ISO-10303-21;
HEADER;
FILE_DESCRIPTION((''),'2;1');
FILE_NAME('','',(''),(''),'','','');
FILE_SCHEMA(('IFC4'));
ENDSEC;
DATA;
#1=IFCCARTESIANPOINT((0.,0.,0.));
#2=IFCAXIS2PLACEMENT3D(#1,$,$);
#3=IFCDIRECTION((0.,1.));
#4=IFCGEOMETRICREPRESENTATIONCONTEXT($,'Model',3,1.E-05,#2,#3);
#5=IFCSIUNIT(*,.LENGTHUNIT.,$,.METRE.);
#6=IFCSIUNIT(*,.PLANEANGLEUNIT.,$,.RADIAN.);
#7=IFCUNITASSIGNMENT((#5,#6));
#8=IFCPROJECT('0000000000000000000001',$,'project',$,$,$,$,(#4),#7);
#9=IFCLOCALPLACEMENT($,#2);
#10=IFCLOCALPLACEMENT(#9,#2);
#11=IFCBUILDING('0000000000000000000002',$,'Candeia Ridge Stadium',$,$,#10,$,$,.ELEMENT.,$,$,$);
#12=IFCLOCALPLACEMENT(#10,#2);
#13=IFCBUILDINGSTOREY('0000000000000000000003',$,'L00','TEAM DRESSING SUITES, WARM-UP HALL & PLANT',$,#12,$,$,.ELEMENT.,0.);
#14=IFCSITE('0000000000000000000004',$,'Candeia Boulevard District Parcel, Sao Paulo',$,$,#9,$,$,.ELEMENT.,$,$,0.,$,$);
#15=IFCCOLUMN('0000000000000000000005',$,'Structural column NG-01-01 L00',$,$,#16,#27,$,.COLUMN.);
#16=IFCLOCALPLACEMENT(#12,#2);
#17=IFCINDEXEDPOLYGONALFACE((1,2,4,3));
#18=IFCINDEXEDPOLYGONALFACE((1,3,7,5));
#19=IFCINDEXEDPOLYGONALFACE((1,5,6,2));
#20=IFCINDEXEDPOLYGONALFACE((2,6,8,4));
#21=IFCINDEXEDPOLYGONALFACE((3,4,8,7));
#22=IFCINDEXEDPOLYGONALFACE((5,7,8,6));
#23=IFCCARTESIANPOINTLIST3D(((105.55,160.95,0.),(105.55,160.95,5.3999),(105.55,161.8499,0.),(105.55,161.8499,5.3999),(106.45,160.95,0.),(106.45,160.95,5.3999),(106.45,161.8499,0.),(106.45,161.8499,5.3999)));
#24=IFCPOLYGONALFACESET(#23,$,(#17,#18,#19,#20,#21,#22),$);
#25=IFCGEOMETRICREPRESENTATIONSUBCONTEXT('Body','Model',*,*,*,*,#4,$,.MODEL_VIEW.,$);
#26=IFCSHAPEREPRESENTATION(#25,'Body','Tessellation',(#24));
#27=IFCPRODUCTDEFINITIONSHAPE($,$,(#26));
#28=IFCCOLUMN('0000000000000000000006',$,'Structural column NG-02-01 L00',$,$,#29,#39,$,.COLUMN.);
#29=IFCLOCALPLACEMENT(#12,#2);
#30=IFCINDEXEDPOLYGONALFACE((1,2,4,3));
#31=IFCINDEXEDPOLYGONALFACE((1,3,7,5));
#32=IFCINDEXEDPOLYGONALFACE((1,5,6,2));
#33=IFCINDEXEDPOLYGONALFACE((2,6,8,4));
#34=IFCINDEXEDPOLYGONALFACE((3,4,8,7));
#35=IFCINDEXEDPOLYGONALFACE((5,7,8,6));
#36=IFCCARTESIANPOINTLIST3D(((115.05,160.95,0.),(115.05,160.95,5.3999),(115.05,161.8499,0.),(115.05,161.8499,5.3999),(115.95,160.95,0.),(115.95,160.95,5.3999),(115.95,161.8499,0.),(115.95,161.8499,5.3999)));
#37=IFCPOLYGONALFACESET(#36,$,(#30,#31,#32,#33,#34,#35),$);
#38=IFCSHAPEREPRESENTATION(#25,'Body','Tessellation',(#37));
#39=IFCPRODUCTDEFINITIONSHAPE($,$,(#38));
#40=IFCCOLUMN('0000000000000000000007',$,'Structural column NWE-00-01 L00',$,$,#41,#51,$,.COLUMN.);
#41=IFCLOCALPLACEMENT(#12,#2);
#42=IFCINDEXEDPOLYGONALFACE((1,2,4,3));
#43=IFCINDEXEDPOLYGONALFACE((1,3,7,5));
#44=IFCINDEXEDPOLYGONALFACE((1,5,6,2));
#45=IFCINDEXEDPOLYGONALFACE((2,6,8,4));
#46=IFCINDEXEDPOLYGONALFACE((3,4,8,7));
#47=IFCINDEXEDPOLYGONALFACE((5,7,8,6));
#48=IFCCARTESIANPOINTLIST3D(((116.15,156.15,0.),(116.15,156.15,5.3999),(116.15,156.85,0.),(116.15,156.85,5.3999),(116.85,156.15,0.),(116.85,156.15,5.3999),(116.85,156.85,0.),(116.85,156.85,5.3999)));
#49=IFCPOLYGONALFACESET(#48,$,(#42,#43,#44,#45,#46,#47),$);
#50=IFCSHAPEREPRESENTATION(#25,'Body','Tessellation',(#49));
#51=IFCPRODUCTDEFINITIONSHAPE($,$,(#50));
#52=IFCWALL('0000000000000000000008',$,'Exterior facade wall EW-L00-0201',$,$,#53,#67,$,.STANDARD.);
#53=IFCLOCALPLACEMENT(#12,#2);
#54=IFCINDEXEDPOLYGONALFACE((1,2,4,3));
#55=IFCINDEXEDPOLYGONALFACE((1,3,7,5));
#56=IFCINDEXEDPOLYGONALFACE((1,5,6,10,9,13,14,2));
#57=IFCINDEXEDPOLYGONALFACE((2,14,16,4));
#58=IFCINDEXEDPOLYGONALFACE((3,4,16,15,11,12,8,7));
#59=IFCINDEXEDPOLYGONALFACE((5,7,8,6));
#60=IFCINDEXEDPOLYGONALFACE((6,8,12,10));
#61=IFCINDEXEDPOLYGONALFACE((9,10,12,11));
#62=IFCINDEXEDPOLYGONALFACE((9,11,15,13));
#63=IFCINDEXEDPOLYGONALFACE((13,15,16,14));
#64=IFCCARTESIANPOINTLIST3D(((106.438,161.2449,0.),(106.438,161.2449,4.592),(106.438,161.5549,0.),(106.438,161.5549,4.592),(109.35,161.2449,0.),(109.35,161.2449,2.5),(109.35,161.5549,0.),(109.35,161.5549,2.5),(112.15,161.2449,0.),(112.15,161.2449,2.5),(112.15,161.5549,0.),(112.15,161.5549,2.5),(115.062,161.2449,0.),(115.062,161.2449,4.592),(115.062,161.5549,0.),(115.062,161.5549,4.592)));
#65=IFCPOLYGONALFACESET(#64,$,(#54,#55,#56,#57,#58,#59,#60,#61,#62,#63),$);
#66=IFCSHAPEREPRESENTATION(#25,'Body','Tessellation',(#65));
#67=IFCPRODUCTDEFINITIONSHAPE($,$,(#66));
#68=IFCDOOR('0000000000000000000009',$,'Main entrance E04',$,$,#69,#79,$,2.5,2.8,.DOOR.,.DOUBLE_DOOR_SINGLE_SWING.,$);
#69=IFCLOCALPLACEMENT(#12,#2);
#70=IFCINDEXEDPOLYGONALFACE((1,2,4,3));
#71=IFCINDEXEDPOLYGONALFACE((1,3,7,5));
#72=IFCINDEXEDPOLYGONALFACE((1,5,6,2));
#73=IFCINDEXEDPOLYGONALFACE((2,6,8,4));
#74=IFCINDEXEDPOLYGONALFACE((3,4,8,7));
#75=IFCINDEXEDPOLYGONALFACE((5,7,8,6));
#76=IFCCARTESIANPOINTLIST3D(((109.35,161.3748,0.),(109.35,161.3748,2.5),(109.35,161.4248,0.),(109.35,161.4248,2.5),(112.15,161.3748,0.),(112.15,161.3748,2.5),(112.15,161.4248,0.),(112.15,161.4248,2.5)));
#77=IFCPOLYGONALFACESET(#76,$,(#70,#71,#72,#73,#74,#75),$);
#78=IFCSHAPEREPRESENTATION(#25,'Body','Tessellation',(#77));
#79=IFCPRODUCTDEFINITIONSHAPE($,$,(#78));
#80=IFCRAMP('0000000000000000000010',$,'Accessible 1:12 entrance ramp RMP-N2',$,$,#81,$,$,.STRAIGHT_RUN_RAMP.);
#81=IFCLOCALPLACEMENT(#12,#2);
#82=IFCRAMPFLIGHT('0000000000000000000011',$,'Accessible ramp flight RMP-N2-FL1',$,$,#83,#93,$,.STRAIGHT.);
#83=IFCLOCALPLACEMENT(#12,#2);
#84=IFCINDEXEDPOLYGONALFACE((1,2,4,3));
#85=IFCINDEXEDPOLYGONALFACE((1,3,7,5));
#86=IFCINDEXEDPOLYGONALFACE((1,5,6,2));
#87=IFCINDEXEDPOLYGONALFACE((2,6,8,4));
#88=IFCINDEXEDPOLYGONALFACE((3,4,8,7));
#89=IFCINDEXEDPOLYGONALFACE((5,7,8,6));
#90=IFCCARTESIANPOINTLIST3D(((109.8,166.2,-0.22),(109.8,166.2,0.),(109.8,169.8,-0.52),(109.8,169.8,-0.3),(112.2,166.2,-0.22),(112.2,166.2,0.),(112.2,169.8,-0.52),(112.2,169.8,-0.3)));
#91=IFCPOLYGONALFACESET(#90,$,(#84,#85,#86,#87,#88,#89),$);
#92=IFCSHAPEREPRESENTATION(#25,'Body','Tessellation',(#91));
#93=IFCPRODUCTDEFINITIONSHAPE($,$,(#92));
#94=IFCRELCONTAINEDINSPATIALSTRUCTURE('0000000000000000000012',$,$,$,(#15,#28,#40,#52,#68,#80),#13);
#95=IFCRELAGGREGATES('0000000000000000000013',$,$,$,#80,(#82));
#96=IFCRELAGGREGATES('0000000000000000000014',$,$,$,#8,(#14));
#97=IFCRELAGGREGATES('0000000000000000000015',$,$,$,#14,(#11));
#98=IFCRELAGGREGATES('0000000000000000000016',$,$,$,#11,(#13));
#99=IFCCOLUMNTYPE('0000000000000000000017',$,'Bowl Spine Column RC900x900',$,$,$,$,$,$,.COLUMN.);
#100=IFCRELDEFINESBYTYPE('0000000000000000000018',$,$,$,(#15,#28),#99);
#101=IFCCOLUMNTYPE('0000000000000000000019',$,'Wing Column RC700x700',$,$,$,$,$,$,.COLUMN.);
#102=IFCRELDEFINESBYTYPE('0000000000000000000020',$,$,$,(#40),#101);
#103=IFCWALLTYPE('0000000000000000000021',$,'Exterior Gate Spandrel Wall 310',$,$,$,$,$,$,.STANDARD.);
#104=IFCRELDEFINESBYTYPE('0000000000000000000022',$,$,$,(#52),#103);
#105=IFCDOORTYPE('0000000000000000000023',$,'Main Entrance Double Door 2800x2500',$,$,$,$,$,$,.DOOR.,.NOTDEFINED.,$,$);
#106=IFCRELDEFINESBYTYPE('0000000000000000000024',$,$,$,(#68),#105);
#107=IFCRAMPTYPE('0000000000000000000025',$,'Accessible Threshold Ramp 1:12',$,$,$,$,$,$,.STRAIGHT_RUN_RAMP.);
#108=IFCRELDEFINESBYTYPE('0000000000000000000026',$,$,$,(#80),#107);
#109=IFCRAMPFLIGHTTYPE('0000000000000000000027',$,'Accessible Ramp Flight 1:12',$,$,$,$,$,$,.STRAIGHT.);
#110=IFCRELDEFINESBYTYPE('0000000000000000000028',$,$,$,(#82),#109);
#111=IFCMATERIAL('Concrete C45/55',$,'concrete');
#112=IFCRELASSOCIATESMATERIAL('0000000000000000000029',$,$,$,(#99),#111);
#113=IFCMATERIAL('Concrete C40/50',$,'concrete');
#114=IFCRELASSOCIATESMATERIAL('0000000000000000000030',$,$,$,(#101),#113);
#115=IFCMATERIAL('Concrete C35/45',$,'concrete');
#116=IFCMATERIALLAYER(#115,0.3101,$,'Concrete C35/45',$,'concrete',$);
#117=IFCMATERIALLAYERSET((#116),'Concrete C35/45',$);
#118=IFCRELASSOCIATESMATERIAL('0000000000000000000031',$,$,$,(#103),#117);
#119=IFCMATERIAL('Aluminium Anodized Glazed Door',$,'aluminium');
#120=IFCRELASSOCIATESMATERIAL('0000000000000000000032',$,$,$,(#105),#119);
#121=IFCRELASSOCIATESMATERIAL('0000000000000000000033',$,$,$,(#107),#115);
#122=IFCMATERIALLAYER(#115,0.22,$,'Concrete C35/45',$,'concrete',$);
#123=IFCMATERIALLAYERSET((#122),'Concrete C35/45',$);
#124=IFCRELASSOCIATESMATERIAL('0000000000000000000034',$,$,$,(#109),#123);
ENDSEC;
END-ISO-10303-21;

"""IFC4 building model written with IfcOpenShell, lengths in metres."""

from ifc_helpers import new_model, si_unit, direction, frame, frame_2d, origin, origin_2d, place, context, subcontext, project, spatial, polyline, rectangle, outline, extrude, material, layer, layer_set, material_profile, profile_set, type_object, element, fill, aggregate, save


model = new_model("IFC4")

# Units and contexts
model_context = context("Model", 3, precision=1e-05, world=origin(), true_north=direction((0.0, 1.0)))
body_context = subcontext(model_context, "Body", "Model", "MODEL_VIEW")
ifc_project = project(units=[si_unit("LENGTHUNIT", "METRE"), si_unit("PLANEANGLEUNIT", "RADIAN")], contexts=[model_context])

# Site, building, storey
site_placement = place(None, origin())
site = spatial("IfcSite", under=ifc_project, at=site_placement, Name="Candeia Boulevard District Parcel, Sao Paulo", CompositionType="ELEMENT", RefElevation=0.0)
building_placement = place(site_placement, origin())
building = spatial("IfcBuilding", under=site, at=building_placement, Name="Candeia Ridge Stadium", CompositionType="ELEMENT")
storey_placement = place(building_placement, origin())
storey = spatial("IfcBuildingStorey", under=building, at=storey_placement, Name="L00", Description="TEAM DRESSING SUITES, WARM-UP HALL & PLANT", CompositionType="ELEMENT", Elevation=0.0)

# Shared definitions
ifc_material_1 = material(Name="Concrete C40/50", Category="concrete")

# Columns
ifc_material_2 = material(Name="Concrete C45/55", Category="concrete")
ifc_material_profile_1 = material_profile(ifc_material_2, rectangle(XDim=0.8999, YDim=0.8999, at=origin_2d()), Name="RC900x900", Category="concrete")
ifc_profile_set_1 = profile_set([ifc_material_profile_1], Name="Concrete C45/55")
column_type_1 = type_object("IfcColumnType", Name="Bowl Spine Column RC900x900", PredefinedType="COLUMN", material=ifc_profile_set_1)
for number, where, z_axis, x_axis, name in (
    (1, (106.0, 161.3999, 0.0), (0.0, 0.0, 1.0), (1.0, 0.0, 0.0), "Structural column NG-01-01 L00"),
    (2, (115.5, 161.3999, 0.0), (0.0, 0.0, 1.0), (1.0, 0.0, 0.0), "Structural column NG-02-01 L00"),
):
    element("IfcColumn", number, at=place(storey_placement, frame(where, z_axis=z_axis, x_axis=x_axis)), inside=storey, type_object=column_type_1, Name=name, PredefinedType="COLUMN", context=body_context, shape_type="SweptSolid", body=[
        extrude(rectangle(XDim=0.8999, YDim=0.8999, at=origin_2d()), origin(), (0.0, 0.0, 1.0), 5.3999),
    ])
ifc_material_profile_2 = material_profile(ifc_material_1, rectangle(XDim=0.7, YDim=0.7, at=origin_2d()), Name="RC700x700", Category="concrete")
ifc_profile_set_2 = profile_set([ifc_material_profile_2], Name="Concrete C40/50")
column_type_2 = type_object("IfcColumnType", Name="Wing Column RC700x700", PredefinedType="COLUMN", material=ifc_profile_set_2)
column_placement = place(storey_placement, frame((116.5, 156.5, 0.0), z_axis=(0.0, 0.0, 1.0), x_axis=(1.0, 0.0, 0.0)))
element("IfcColumn", 3, at=column_placement, inside=storey, type_object=column_type_2, Name="Structural column NWE-00-01 L00", PredefinedType="COLUMN", context=body_context, shape_type="SweptSolid", body=[
    extrude(rectangle(XDim=0.7, YDim=0.7, at=origin_2d()), origin(), (0.0, 0.0, 1.0), 5.3999),
])

# Wall, opening, door
ifc_material_3 = material(Name="Aluminium Anodized Glazed Door", Category="aluminium")
ifc_material_4 = material(Name="Concrete C35/45", Category="concrete")
ifc_layer_1 = layer(ifc_material_4, 0.3101, Name="Concrete C35/45", Category="concrete")
ifc_layer_set_1 = layer_set([ifc_layer_1], Name="Concrete C35/45")
wall_type_1 = type_object("IfcWallType", Name="Exterior Gate Spandrel Wall 310", PredefinedType="STANDARD", material=ifc_layer_set_1)
wall_1_placement = place(storey_placement, frame((106.438, 161.3999, 0.0), z_axis=(0.0, 0.0, 1.0), x_axis=(1.0, 0.0, 0.0)))
wall_1 = element("IfcWall", 4, at=wall_1_placement, inside=storey, type_object=wall_type_1, Name="Exterior facade wall EW-L00-0201", PredefinedType="STANDARD", context=body_context, shape_type="SweptSolid", body=[
    extrude(rectangle(XDim=8.624, YDim=0.3101, at=frame_2d((4.312, 0.0))), origin(), (0.0, 0.0, 1.0), 4.592),
])
opening_1_placement = place(wall_1_placement, frame((2.9121, 0.0, 0.0)))
opening_1 = element("IfcOpeningElement", 5, at=opening_1_placement, cuts=wall_1, PredefinedType="OPENING", context=body_context, shape_type="SweptSolid", body=[
    extrude(rectangle(XDim=2.8, YDim=2.5, at=frame_2d((1.3999, 1.25))), frame((0.0, 0.165, 0.0), z_axis=(0.0, -1.0, 0.0), x_axis=(1.0, 0.0, 0.0)), (0.0, 0.0, 1.0), 0.3301),
])
door_type_1 = type_object("IfcDoorType", Name="Main Entrance Double Door 2800x2500", OperationType="NOTDEFINED", PredefinedType="DOOR", material=ifc_material_3)
door_1_placement = place(opening_1_placement, origin())
door_1 = element("IfcDoor", 6, at=door_1_placement, inside=storey, type_object=door_type_1, Name="Main entrance E04", OperationType="DOUBLE_DOOR_SINGLE_SWING", OverallHeight=2.5, OverallWidth=2.8, PredefinedType="DOOR", context=body_context, shape_type="SweptSolid", body=[
    extrude(rectangle(XDim=2.8, YDim=2.5, at=frame_2d((1.3999, 1.25))), frame((0.0, 0.0249, 0.0), z_axis=(0.0, -1.0, 0.0), x_axis=(1.0, 0.0, 0.0)), (0.0, 0.0, 1.0), 0.05),
])
fill(opening_1, door_1)

# Ramp, ramp flight
ramp_type = type_object("IfcRampType", Name="Accessible Threshold Ramp 1:12", PredefinedType="STRAIGHT_RUN_RAMP", material=ifc_material_4)
ramp_placement = place(storey_placement, origin())
ramp = element("IfcRamp", 7, at=ramp_placement, inside=storey, type_object=ramp_type, Name="Accessible 1:12 entrance ramp RMP-N2", PredefinedType="STRAIGHT_RUN_RAMP")
ifc_layer_2 = layer(ifc_material_4, 0.22, Name="Concrete C35/45", Category="concrete")
ifc_layer_set_2 = layer_set([ifc_layer_2], Name="Concrete C35/45")
ramp_flight_type = type_object("IfcRampFlightType", Name="Accessible Ramp Flight 1:12", PredefinedType="STRAIGHT", material=ifc_layer_set_2)
ramp_flight_placement = place(storey_placement, frame((111.0, 169.8, -0.3), z_axis=(0.0, 0.0, 1.0), x_axis=(0.0, -1.0, 0.0)))
ramp_flight = element("IfcRampFlight", 8, at=ramp_flight_placement, type_object=ramp_flight_type, Name="Accessible ramp flight RMP-N2-FL1", PredefinedType="STRAIGHT", context=body_context, shape_type="SweptSolid", body=[
    extrude(outline(polyline([(0.0, 0.0), (3.6001, 0.3), (3.6001, 0.0801), (0.0, -0.22), (0.0, 0.0)])), frame((0.0, 1.2, 0.0), z_axis=(0.0, -1.0, 0.0), x_axis=(1.0, 0.0, 0.0)), (0.0, 0.0, 1.0), 2.3999),
])
aggregate(ramp, [ramp_flight])

save(model, "model.ifc")
